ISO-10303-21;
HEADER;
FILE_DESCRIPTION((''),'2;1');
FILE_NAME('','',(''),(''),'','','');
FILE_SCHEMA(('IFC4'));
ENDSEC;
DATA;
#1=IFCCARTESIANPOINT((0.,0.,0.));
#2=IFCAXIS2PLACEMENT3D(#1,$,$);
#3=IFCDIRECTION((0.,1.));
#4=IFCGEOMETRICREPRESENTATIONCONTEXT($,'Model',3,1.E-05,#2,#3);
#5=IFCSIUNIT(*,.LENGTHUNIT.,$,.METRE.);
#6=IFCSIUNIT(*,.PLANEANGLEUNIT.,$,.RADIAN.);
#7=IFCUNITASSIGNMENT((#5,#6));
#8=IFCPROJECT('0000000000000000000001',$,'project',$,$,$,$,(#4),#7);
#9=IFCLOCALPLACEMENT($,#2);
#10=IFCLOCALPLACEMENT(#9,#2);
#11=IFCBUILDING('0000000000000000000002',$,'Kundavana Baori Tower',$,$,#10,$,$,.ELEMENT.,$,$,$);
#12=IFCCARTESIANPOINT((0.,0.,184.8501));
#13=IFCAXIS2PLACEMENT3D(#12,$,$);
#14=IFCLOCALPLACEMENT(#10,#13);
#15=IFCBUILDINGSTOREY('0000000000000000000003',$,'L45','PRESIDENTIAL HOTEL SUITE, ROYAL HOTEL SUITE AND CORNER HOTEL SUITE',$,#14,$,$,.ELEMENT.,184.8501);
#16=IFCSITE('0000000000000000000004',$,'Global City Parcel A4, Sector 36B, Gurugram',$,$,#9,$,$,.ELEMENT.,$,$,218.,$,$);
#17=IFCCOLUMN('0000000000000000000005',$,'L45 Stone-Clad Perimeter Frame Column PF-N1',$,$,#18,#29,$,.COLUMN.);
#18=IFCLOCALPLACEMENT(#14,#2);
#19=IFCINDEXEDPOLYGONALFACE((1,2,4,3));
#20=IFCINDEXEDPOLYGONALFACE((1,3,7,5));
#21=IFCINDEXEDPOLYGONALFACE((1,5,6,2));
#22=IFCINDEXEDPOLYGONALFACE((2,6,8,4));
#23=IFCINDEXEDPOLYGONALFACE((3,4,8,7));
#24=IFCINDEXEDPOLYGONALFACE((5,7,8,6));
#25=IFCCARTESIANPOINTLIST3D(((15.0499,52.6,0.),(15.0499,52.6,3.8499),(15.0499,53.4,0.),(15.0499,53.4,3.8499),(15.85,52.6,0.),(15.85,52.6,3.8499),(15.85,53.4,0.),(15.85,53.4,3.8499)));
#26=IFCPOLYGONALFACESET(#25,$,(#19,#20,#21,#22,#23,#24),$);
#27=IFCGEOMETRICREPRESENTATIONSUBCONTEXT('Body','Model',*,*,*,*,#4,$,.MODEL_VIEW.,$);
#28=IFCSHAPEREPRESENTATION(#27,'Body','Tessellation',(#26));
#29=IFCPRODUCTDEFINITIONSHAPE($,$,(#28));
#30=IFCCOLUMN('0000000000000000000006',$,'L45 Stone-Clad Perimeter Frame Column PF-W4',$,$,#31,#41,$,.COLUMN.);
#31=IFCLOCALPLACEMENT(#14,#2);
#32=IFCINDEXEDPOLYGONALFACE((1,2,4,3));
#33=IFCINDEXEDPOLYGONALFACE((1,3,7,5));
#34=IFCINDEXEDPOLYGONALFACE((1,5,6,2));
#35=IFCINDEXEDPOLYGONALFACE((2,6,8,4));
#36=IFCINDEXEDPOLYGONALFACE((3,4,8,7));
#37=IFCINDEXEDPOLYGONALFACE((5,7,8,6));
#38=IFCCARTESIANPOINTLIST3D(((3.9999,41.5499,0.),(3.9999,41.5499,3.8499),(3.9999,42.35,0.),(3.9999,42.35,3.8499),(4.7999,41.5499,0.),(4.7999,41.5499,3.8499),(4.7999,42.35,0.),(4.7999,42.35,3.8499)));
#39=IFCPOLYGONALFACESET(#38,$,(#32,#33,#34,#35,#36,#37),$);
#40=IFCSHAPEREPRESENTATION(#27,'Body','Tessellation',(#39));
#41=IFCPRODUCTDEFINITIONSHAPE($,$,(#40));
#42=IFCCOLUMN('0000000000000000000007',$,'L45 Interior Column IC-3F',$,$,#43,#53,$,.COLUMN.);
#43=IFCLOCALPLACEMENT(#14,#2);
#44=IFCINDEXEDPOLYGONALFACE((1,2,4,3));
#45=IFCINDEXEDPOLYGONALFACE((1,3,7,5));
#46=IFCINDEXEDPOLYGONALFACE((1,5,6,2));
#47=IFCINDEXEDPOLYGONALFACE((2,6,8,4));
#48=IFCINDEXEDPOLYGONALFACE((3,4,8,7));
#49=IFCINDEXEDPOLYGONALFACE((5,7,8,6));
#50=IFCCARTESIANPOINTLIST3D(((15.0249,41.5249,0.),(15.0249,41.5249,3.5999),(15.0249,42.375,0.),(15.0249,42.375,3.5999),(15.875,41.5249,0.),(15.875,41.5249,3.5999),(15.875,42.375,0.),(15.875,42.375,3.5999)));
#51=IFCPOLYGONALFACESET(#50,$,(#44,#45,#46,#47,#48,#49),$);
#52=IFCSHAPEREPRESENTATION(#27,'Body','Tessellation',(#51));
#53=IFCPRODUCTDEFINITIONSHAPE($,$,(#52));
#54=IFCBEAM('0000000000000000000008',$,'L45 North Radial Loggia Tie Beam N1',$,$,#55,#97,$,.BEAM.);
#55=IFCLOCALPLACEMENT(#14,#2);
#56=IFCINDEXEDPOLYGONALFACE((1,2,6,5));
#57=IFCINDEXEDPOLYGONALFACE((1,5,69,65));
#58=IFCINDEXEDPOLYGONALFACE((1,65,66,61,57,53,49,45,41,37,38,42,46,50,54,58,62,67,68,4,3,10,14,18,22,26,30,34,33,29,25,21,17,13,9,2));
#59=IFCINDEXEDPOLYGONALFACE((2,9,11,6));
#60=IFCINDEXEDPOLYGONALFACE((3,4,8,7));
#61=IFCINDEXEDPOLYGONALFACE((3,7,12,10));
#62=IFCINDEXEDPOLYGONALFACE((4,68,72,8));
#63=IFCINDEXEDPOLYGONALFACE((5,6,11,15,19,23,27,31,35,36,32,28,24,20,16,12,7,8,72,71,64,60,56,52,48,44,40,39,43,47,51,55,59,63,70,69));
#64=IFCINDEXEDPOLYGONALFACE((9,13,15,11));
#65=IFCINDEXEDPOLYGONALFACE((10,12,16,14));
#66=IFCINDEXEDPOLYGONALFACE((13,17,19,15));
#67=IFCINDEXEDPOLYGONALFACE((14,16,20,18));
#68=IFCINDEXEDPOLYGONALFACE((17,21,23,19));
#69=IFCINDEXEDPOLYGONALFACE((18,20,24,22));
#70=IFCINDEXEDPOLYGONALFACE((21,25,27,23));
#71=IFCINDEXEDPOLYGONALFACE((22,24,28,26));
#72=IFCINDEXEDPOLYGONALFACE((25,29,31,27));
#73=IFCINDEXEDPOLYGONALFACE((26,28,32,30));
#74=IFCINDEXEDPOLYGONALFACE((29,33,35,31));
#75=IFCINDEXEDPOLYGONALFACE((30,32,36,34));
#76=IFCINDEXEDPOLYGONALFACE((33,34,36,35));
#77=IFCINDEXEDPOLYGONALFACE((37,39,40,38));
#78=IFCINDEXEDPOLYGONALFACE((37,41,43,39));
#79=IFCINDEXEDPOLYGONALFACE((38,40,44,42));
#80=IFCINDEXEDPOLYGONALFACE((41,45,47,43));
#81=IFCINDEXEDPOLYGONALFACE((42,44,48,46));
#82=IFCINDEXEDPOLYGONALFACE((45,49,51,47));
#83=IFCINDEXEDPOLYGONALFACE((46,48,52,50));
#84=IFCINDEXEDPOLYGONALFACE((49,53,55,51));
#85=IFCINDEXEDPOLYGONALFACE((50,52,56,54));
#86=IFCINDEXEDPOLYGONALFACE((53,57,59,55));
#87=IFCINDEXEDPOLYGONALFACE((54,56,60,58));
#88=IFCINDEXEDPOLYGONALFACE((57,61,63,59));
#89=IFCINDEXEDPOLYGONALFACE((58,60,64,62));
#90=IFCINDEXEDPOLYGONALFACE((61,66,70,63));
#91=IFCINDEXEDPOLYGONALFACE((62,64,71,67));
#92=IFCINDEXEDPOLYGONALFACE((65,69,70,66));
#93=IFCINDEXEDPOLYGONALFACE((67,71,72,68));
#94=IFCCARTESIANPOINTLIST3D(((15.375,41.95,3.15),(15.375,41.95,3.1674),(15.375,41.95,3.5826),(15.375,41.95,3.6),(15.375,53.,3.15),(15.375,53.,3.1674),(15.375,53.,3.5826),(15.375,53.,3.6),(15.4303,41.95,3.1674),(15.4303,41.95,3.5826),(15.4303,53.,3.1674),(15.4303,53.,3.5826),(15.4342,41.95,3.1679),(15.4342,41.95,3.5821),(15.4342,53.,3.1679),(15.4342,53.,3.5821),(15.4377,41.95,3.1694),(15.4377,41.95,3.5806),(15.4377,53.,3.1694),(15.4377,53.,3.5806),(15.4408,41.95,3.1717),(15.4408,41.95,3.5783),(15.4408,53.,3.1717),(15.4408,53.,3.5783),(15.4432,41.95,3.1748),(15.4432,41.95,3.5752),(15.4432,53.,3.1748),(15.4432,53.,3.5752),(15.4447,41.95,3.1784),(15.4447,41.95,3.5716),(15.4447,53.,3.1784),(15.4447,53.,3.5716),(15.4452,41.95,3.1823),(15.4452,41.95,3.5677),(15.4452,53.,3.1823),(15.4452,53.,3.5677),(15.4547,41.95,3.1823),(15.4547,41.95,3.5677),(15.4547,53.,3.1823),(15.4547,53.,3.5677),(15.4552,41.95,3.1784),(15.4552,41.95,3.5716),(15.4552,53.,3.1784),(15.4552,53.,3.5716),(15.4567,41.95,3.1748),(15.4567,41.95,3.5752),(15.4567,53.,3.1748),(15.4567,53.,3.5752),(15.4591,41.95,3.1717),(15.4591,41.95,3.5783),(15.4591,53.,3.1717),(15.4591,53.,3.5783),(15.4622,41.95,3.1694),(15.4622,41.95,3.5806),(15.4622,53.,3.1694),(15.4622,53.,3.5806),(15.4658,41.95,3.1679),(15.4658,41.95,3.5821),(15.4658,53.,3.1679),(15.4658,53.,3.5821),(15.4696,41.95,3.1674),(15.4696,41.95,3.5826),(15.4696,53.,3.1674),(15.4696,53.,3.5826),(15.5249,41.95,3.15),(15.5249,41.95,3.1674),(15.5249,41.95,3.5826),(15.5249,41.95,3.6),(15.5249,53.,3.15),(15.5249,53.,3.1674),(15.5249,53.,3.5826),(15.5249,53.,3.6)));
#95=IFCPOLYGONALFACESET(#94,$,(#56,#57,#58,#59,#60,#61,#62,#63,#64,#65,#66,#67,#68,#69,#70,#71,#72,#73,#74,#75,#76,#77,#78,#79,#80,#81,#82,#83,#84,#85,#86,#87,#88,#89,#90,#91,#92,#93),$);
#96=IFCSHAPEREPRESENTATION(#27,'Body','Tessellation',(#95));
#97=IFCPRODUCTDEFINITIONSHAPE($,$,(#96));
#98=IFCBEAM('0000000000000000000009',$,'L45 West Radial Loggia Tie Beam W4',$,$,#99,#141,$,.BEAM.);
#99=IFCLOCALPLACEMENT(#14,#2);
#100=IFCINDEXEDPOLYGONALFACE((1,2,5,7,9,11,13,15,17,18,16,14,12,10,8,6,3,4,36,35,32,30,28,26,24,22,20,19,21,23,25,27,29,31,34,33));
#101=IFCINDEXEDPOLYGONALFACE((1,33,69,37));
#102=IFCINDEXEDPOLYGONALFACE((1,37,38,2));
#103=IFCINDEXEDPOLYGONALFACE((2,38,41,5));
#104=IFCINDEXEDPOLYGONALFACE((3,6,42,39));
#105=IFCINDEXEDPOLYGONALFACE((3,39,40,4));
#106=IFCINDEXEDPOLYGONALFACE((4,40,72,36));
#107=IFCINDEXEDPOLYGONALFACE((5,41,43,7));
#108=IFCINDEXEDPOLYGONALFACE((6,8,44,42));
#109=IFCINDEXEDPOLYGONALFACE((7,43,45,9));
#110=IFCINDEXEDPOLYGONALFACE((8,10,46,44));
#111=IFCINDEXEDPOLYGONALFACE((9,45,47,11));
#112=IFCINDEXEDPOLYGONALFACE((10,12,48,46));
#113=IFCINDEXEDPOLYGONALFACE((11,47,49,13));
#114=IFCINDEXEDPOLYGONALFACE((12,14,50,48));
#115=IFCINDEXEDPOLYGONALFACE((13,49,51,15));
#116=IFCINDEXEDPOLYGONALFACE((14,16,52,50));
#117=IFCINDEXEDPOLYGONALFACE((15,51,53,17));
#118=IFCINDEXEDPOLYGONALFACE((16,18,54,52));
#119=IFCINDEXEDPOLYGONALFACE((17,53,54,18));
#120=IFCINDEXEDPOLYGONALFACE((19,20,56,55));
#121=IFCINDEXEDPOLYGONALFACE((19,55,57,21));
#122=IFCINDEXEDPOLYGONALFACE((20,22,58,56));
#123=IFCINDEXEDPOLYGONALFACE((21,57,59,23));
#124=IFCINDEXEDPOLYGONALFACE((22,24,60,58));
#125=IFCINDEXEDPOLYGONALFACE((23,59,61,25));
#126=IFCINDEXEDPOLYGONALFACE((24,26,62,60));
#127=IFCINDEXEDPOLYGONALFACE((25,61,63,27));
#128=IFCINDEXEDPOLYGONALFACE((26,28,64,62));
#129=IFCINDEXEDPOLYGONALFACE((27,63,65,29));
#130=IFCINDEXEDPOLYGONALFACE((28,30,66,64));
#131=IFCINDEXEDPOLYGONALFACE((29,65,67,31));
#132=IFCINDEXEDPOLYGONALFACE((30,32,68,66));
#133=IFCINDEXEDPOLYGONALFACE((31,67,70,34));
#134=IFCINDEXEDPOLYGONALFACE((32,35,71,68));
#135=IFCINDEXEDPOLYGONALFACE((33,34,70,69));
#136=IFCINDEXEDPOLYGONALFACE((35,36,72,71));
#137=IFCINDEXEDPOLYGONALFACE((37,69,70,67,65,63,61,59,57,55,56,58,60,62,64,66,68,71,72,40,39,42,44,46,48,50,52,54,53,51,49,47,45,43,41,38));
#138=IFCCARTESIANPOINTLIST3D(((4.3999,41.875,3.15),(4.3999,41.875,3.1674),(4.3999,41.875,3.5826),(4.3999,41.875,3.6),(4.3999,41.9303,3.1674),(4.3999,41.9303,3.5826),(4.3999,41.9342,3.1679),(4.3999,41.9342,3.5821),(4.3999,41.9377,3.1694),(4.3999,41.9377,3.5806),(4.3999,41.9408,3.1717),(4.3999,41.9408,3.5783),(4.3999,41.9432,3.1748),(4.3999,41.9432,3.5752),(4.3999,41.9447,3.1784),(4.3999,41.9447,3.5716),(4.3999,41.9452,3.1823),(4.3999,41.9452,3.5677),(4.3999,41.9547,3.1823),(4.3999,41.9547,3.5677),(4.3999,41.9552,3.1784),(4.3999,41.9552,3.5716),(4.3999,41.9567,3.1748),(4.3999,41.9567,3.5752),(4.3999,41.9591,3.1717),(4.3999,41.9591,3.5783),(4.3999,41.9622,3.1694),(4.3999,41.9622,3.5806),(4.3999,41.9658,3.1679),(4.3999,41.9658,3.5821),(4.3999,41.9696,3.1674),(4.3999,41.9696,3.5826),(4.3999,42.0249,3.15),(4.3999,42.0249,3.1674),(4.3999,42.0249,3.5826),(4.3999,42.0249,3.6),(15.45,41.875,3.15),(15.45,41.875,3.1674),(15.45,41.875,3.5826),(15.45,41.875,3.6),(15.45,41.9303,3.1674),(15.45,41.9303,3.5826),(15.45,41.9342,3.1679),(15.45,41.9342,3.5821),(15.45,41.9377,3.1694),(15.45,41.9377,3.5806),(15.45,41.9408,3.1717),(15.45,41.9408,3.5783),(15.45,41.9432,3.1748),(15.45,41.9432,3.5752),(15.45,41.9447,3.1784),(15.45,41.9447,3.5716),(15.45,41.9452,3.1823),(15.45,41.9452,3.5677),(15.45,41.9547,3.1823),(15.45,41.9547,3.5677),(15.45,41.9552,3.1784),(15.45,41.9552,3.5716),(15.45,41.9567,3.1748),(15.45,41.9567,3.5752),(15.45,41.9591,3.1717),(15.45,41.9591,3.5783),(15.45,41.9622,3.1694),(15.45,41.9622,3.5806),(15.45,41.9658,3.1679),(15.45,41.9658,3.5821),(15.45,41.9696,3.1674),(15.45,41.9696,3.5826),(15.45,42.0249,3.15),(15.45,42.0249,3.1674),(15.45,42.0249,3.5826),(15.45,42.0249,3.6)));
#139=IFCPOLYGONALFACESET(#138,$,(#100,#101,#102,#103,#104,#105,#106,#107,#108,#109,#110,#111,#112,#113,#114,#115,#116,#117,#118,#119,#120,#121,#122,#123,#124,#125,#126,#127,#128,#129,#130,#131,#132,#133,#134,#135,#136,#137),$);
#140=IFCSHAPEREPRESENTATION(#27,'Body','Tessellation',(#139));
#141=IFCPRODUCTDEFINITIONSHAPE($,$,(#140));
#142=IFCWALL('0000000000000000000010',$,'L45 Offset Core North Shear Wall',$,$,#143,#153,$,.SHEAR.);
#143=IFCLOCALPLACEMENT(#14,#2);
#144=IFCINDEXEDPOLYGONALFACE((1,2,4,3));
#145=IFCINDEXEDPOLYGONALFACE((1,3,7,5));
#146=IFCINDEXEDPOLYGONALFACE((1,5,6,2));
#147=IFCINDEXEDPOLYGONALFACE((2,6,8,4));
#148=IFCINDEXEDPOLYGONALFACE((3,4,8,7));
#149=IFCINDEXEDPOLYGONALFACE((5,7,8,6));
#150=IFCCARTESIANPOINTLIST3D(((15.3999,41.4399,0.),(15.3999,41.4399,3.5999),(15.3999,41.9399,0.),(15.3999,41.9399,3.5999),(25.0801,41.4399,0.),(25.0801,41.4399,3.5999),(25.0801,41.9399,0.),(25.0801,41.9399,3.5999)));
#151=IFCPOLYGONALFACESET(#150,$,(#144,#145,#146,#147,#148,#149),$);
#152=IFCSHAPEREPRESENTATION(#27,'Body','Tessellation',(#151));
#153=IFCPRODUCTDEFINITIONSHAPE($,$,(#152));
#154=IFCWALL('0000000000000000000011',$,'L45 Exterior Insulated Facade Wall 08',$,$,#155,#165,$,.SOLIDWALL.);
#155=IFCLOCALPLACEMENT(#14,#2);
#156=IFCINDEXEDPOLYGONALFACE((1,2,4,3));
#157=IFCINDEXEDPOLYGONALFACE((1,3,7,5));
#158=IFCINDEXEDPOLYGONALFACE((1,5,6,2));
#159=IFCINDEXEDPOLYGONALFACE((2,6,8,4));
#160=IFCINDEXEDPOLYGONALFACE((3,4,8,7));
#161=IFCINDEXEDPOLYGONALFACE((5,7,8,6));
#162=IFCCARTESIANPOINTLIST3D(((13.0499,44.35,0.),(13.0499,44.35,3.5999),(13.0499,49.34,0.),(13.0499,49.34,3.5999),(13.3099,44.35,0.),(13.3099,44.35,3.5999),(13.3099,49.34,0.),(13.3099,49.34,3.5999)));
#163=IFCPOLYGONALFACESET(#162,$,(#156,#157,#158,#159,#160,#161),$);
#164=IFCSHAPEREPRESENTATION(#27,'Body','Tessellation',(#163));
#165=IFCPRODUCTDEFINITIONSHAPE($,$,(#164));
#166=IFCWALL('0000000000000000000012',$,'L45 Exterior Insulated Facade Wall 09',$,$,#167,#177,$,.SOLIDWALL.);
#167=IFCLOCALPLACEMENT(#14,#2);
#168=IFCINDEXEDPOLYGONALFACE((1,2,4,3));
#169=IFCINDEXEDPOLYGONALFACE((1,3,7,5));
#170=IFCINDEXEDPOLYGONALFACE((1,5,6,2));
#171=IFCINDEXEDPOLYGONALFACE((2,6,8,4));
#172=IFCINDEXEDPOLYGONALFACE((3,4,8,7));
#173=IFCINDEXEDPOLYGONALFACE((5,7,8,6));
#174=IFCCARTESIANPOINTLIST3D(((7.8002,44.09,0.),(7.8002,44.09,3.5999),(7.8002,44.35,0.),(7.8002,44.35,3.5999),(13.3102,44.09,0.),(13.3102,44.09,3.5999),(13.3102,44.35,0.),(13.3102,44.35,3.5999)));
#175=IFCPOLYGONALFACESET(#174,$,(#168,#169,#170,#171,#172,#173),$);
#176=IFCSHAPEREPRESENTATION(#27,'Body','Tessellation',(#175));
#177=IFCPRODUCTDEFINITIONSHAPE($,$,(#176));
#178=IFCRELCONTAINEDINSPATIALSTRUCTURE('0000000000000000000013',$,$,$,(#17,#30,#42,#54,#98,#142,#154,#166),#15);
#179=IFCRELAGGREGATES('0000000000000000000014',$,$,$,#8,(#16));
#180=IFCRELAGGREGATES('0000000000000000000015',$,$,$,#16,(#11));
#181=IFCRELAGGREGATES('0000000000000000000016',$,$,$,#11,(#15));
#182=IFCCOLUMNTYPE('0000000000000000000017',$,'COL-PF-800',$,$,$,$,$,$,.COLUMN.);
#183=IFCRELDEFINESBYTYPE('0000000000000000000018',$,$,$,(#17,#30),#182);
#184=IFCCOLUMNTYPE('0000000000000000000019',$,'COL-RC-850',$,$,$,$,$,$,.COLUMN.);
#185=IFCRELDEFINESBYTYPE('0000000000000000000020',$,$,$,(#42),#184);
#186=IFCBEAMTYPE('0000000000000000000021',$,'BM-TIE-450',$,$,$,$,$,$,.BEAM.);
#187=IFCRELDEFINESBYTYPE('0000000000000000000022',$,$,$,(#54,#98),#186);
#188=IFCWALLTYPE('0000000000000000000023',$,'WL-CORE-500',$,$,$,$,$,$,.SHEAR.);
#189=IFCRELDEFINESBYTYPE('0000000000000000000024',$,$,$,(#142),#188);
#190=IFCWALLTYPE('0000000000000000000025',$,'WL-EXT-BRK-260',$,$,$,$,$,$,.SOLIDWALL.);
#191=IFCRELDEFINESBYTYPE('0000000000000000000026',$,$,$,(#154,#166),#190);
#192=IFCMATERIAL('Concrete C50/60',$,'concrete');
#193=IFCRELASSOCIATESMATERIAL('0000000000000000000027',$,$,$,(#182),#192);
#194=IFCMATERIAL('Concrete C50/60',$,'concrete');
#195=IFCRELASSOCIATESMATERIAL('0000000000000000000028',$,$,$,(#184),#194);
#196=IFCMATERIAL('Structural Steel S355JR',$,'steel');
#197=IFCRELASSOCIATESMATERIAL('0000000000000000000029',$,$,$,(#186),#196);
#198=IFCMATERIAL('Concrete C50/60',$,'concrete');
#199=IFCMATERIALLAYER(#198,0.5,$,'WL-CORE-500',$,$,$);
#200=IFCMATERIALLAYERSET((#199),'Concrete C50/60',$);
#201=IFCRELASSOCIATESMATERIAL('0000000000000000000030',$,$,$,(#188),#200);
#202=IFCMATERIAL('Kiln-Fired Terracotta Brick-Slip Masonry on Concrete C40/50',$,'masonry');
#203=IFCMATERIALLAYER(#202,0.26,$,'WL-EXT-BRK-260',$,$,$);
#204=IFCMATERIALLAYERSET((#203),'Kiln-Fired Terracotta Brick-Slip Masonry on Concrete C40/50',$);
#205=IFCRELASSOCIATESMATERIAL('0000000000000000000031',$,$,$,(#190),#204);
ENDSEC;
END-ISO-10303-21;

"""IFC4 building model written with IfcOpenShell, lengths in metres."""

from ifc_helpers import new_model, si_unit, direction, frame, frame_2d, origin, origin_2d, place, context, subcontext, project, spatial, rectangle, i_section, extrude, material, layer, layer_set, material_profile, profile_set, type_object, element, save


model = new_model("IFC4")

# Units and contexts
model_context = context("Model", 3, precision=1e-05, world=origin(), true_north=direction((0.0, 1.0)))
body_context = subcontext(model_context, "Body", "Model", "MODEL_VIEW")
ifc_project = project(units=[si_unit("LENGTHUNIT", "METRE"), si_unit("PLANEANGLEUNIT", "RADIAN")], contexts=[model_context])

# Site, building, storey
site_placement = place(None, origin())
site = spatial("IfcSite", under=ifc_project, at=site_placement, Name="Global City Parcel A4, Sector 36B, Gurugram", CompositionType="ELEMENT", RefElevation=218.0)
building_placement = place(site_placement, origin())
building = spatial("IfcBuilding", under=site, at=building_placement, Name="Kundavana Baori Tower", CompositionType="ELEMENT")
storey_placement = place(building_placement, frame((0.0, 0.0, 184.8501)))
storey = spatial("IfcBuildingStorey", under=building, at=storey_placement, Name="L45", Description="PRESIDENTIAL HOTEL SUITE, ROYAL HOTEL SUITE AND CORNER HOTEL SUITE", CompositionType="ELEMENT", Elevation=184.8501)

# Columns
ifc_material_1 = material(Name="Concrete C50/60", Category="concrete")
ifc_material_profile_1 = material_profile(ifc_material_1, rectangle(XDim=0.8, YDim=0.8, at=origin_2d()), Name="RC PF 800x800")
ifc_profile_set_1 = profile_set([ifc_material_profile_1], Name="Concrete C50/60")
column_type_1 = type_object("IfcColumnType", Name="COL-PF-800", PredefinedType="COLUMN", material=ifc_profile_set_1)
for number, where, z_axis, x_axis, name in (
    (1, (15.45, 53.0, 0.0), (0.0, 0.0, 1.0), (1.0, 0.0, 0.0), "L45 Stone-Clad Perimeter Frame Column PF-N1"),
    (2, (4.3999, 41.95, 0.0), (0.0, 0.0, 1.0), (1.0, 0.0, 0.0), "L45 Stone-Clad Perimeter Frame Column PF-W4"),
):
    element("IfcColumn", number, at=place(storey_placement, frame(where, z_axis=z_axis, x_axis=x_axis)), inside=storey, type_object=column_type_1, Name=name, PredefinedType="COLUMN", context=body_context, shape_type="SweptSolid", body=[
        extrude(rectangle(XDim=0.8, YDim=0.8, at=origin_2d()), origin(), (0.0, 0.0, 1.0), 3.8499),
    ])
ifc_material_2 = material(Name="Concrete C50/60", Category="concrete")
ifc_material_profile_2 = material_profile(ifc_material_2, rectangle(XDim=0.8501, YDim=0.8501, at=origin_2d()), Name="RC 850x850")
ifc_profile_set_2 = profile_set([ifc_material_profile_2], Name="Concrete C50/60")
column_type_2 = type_object("IfcColumnType", Name="COL-RC-850", PredefinedType="COLUMN", material=ifc_profile_set_2)
column_placement = place(storey_placement, frame((15.45, 41.95, 0.0), z_axis=(0.0, 0.0, 1.0), x_axis=(1.0, 0.0, 0.0)))
element("IfcColumn", 3, at=column_placement, inside=storey, type_object=column_type_2, Name="L45 Interior Column IC-3F", PredefinedType="COLUMN", context=body_context, shape_type="SweptSolid", body=[
    extrude(rectangle(XDim=0.8501, YDim=0.8501, at=origin_2d()), origin(), (0.0, 0.0, 1.0), 3.5999),
])

# Beams
ifc_material_3 = material(Name="Structural Steel S355JR", Category="steel")
ifc_material_profile_3 = material_profile(ifc_material_3, i_section(OverallWidth=0.1499, OverallDepth=0.45, WebThickness=0.0095, FlangeThickness=0.0173, FilletRadius=0.0149, at=origin_2d()), Name="ISMB 450")
ifc_profile_set_3 = profile_set([ifc_material_profile_3], Name="Structural Steel S355JR")
beam_type = type_object("IfcBeamType", Name="BM-TIE-450", PredefinedType="BEAM", material=ifc_profile_set_3)
for number, where, z_axis, x_axis, name in (
    (4, (15.45, 41.95, 3.375), (0.0, 1.0, 0.0), (-1.0, 0.0, 0.0), "L45 North Radial Loggia Tie Beam N1"),
    (5, (15.45, 41.95, 3.375), (-1.0, 0.0, 0.0), (0.0, -1.0, 0.0), "L45 West Radial Loggia Tie Beam W4"),
):
    element("IfcBeam", number, at=place(storey_placement, frame(where, z_axis=z_axis, x_axis=x_axis)), inside=storey, type_object=beam_type, Name=name, PredefinedType="BEAM", context=body_context, shape_type="SweptSolid", body=[
        extrude(i_section(OverallWidth=0.1499, OverallDepth=0.45, WebThickness=0.0095, FlangeThickness=0.0173, FilletRadius=0.0149, at=origin_2d()), origin(), (0.0, 0.0, 1.0), 11.05),
    ])

# Walls
ifc_material_4 = material(Name="Concrete C50/60", Category="concrete")
ifc_layer_1 = layer(ifc_material_4, 0.5, Name="WL-CORE-500")
ifc_layer_set_1 = layer_set([ifc_layer_1], Name="Concrete C50/60")
wall_type_1 = type_object("IfcWallType", Name="WL-CORE-500", PredefinedType="SHEAR", material=ifc_layer_set_1)
wall_1_placement = place(storey_placement, frame((15.3999, 41.6899, 0.0), z_axis=(0.0, 0.0, 1.0), x_axis=(1.0, 0.0, 0.0)))
element("IfcWall", 6, at=wall_1_placement, inside=storey, type_object=wall_type_1, Name="L45 Offset Core North Shear Wall", PredefinedType="SHEAR", context=body_context, shape_type="SweptSolid", body=[
    extrude(rectangle(XDim=9.6802, YDim=0.5, at=frame_2d((4.8401, 0.0))), origin(), (0.0, 0.0, 1.0), 3.5999),
])
ifc_material_5 = material(Name="Kiln-Fired Terracotta Brick-Slip Masonry on Concrete C40/50", Category="masonry")
ifc_layer_2 = layer(ifc_material_5, 0.26, Name="WL-EXT-BRK-260")
ifc_layer_set_2 = layer_set([ifc_layer_2], Name="Kiln-Fired Terracotta Brick-Slip Masonry on Concrete C40/50")
wall_type_2 = type_object("IfcWallType", Name="WL-EXT-BRK-260", PredefinedType="SOLIDWALL", material=ifc_layer_set_2)
wall_2_placement = place(storey_placement, frame((13.1799, 49.3401, 0.0), z_axis=(0.0, 0.0, 1.0), x_axis=(0.0, -1.0, 0.0)))
element("IfcWall", 7, at=wall_2_placement, inside=storey, type_object=wall_type_2, Name="L45 Exterior Insulated Facade Wall 08", PredefinedType="SOLIDWALL", context=body_context, shape_type="SweptSolid", body=[
    extrude(rectangle(XDim=4.99, YDim=0.26, at=frame_2d((2.4951, 0.0))), origin(), (0.0, 0.0, 1.0), 3.5999),
])
wall_3_placement = place(storey_placement, frame((13.3101, 44.22, 0.0), z_axis=(0.0, 0.0, 1.0), x_axis=(-1.0, 0.0, 0.0)))
element("IfcWall", 8, at=wall_3_placement, inside=storey, type_object=wall_type_2, Name="L45 Exterior Insulated Facade Wall 09", PredefinedType="SOLIDWALL", context=body_context, shape_type="SweptSolid", body=[
    extrude(rectangle(XDim=5.51, YDim=0.26, at=frame_2d((2.7549, 0.0))), origin(), (0.0, 0.0, 1.0), 3.5999),
])

save(model, "model.ifc")
